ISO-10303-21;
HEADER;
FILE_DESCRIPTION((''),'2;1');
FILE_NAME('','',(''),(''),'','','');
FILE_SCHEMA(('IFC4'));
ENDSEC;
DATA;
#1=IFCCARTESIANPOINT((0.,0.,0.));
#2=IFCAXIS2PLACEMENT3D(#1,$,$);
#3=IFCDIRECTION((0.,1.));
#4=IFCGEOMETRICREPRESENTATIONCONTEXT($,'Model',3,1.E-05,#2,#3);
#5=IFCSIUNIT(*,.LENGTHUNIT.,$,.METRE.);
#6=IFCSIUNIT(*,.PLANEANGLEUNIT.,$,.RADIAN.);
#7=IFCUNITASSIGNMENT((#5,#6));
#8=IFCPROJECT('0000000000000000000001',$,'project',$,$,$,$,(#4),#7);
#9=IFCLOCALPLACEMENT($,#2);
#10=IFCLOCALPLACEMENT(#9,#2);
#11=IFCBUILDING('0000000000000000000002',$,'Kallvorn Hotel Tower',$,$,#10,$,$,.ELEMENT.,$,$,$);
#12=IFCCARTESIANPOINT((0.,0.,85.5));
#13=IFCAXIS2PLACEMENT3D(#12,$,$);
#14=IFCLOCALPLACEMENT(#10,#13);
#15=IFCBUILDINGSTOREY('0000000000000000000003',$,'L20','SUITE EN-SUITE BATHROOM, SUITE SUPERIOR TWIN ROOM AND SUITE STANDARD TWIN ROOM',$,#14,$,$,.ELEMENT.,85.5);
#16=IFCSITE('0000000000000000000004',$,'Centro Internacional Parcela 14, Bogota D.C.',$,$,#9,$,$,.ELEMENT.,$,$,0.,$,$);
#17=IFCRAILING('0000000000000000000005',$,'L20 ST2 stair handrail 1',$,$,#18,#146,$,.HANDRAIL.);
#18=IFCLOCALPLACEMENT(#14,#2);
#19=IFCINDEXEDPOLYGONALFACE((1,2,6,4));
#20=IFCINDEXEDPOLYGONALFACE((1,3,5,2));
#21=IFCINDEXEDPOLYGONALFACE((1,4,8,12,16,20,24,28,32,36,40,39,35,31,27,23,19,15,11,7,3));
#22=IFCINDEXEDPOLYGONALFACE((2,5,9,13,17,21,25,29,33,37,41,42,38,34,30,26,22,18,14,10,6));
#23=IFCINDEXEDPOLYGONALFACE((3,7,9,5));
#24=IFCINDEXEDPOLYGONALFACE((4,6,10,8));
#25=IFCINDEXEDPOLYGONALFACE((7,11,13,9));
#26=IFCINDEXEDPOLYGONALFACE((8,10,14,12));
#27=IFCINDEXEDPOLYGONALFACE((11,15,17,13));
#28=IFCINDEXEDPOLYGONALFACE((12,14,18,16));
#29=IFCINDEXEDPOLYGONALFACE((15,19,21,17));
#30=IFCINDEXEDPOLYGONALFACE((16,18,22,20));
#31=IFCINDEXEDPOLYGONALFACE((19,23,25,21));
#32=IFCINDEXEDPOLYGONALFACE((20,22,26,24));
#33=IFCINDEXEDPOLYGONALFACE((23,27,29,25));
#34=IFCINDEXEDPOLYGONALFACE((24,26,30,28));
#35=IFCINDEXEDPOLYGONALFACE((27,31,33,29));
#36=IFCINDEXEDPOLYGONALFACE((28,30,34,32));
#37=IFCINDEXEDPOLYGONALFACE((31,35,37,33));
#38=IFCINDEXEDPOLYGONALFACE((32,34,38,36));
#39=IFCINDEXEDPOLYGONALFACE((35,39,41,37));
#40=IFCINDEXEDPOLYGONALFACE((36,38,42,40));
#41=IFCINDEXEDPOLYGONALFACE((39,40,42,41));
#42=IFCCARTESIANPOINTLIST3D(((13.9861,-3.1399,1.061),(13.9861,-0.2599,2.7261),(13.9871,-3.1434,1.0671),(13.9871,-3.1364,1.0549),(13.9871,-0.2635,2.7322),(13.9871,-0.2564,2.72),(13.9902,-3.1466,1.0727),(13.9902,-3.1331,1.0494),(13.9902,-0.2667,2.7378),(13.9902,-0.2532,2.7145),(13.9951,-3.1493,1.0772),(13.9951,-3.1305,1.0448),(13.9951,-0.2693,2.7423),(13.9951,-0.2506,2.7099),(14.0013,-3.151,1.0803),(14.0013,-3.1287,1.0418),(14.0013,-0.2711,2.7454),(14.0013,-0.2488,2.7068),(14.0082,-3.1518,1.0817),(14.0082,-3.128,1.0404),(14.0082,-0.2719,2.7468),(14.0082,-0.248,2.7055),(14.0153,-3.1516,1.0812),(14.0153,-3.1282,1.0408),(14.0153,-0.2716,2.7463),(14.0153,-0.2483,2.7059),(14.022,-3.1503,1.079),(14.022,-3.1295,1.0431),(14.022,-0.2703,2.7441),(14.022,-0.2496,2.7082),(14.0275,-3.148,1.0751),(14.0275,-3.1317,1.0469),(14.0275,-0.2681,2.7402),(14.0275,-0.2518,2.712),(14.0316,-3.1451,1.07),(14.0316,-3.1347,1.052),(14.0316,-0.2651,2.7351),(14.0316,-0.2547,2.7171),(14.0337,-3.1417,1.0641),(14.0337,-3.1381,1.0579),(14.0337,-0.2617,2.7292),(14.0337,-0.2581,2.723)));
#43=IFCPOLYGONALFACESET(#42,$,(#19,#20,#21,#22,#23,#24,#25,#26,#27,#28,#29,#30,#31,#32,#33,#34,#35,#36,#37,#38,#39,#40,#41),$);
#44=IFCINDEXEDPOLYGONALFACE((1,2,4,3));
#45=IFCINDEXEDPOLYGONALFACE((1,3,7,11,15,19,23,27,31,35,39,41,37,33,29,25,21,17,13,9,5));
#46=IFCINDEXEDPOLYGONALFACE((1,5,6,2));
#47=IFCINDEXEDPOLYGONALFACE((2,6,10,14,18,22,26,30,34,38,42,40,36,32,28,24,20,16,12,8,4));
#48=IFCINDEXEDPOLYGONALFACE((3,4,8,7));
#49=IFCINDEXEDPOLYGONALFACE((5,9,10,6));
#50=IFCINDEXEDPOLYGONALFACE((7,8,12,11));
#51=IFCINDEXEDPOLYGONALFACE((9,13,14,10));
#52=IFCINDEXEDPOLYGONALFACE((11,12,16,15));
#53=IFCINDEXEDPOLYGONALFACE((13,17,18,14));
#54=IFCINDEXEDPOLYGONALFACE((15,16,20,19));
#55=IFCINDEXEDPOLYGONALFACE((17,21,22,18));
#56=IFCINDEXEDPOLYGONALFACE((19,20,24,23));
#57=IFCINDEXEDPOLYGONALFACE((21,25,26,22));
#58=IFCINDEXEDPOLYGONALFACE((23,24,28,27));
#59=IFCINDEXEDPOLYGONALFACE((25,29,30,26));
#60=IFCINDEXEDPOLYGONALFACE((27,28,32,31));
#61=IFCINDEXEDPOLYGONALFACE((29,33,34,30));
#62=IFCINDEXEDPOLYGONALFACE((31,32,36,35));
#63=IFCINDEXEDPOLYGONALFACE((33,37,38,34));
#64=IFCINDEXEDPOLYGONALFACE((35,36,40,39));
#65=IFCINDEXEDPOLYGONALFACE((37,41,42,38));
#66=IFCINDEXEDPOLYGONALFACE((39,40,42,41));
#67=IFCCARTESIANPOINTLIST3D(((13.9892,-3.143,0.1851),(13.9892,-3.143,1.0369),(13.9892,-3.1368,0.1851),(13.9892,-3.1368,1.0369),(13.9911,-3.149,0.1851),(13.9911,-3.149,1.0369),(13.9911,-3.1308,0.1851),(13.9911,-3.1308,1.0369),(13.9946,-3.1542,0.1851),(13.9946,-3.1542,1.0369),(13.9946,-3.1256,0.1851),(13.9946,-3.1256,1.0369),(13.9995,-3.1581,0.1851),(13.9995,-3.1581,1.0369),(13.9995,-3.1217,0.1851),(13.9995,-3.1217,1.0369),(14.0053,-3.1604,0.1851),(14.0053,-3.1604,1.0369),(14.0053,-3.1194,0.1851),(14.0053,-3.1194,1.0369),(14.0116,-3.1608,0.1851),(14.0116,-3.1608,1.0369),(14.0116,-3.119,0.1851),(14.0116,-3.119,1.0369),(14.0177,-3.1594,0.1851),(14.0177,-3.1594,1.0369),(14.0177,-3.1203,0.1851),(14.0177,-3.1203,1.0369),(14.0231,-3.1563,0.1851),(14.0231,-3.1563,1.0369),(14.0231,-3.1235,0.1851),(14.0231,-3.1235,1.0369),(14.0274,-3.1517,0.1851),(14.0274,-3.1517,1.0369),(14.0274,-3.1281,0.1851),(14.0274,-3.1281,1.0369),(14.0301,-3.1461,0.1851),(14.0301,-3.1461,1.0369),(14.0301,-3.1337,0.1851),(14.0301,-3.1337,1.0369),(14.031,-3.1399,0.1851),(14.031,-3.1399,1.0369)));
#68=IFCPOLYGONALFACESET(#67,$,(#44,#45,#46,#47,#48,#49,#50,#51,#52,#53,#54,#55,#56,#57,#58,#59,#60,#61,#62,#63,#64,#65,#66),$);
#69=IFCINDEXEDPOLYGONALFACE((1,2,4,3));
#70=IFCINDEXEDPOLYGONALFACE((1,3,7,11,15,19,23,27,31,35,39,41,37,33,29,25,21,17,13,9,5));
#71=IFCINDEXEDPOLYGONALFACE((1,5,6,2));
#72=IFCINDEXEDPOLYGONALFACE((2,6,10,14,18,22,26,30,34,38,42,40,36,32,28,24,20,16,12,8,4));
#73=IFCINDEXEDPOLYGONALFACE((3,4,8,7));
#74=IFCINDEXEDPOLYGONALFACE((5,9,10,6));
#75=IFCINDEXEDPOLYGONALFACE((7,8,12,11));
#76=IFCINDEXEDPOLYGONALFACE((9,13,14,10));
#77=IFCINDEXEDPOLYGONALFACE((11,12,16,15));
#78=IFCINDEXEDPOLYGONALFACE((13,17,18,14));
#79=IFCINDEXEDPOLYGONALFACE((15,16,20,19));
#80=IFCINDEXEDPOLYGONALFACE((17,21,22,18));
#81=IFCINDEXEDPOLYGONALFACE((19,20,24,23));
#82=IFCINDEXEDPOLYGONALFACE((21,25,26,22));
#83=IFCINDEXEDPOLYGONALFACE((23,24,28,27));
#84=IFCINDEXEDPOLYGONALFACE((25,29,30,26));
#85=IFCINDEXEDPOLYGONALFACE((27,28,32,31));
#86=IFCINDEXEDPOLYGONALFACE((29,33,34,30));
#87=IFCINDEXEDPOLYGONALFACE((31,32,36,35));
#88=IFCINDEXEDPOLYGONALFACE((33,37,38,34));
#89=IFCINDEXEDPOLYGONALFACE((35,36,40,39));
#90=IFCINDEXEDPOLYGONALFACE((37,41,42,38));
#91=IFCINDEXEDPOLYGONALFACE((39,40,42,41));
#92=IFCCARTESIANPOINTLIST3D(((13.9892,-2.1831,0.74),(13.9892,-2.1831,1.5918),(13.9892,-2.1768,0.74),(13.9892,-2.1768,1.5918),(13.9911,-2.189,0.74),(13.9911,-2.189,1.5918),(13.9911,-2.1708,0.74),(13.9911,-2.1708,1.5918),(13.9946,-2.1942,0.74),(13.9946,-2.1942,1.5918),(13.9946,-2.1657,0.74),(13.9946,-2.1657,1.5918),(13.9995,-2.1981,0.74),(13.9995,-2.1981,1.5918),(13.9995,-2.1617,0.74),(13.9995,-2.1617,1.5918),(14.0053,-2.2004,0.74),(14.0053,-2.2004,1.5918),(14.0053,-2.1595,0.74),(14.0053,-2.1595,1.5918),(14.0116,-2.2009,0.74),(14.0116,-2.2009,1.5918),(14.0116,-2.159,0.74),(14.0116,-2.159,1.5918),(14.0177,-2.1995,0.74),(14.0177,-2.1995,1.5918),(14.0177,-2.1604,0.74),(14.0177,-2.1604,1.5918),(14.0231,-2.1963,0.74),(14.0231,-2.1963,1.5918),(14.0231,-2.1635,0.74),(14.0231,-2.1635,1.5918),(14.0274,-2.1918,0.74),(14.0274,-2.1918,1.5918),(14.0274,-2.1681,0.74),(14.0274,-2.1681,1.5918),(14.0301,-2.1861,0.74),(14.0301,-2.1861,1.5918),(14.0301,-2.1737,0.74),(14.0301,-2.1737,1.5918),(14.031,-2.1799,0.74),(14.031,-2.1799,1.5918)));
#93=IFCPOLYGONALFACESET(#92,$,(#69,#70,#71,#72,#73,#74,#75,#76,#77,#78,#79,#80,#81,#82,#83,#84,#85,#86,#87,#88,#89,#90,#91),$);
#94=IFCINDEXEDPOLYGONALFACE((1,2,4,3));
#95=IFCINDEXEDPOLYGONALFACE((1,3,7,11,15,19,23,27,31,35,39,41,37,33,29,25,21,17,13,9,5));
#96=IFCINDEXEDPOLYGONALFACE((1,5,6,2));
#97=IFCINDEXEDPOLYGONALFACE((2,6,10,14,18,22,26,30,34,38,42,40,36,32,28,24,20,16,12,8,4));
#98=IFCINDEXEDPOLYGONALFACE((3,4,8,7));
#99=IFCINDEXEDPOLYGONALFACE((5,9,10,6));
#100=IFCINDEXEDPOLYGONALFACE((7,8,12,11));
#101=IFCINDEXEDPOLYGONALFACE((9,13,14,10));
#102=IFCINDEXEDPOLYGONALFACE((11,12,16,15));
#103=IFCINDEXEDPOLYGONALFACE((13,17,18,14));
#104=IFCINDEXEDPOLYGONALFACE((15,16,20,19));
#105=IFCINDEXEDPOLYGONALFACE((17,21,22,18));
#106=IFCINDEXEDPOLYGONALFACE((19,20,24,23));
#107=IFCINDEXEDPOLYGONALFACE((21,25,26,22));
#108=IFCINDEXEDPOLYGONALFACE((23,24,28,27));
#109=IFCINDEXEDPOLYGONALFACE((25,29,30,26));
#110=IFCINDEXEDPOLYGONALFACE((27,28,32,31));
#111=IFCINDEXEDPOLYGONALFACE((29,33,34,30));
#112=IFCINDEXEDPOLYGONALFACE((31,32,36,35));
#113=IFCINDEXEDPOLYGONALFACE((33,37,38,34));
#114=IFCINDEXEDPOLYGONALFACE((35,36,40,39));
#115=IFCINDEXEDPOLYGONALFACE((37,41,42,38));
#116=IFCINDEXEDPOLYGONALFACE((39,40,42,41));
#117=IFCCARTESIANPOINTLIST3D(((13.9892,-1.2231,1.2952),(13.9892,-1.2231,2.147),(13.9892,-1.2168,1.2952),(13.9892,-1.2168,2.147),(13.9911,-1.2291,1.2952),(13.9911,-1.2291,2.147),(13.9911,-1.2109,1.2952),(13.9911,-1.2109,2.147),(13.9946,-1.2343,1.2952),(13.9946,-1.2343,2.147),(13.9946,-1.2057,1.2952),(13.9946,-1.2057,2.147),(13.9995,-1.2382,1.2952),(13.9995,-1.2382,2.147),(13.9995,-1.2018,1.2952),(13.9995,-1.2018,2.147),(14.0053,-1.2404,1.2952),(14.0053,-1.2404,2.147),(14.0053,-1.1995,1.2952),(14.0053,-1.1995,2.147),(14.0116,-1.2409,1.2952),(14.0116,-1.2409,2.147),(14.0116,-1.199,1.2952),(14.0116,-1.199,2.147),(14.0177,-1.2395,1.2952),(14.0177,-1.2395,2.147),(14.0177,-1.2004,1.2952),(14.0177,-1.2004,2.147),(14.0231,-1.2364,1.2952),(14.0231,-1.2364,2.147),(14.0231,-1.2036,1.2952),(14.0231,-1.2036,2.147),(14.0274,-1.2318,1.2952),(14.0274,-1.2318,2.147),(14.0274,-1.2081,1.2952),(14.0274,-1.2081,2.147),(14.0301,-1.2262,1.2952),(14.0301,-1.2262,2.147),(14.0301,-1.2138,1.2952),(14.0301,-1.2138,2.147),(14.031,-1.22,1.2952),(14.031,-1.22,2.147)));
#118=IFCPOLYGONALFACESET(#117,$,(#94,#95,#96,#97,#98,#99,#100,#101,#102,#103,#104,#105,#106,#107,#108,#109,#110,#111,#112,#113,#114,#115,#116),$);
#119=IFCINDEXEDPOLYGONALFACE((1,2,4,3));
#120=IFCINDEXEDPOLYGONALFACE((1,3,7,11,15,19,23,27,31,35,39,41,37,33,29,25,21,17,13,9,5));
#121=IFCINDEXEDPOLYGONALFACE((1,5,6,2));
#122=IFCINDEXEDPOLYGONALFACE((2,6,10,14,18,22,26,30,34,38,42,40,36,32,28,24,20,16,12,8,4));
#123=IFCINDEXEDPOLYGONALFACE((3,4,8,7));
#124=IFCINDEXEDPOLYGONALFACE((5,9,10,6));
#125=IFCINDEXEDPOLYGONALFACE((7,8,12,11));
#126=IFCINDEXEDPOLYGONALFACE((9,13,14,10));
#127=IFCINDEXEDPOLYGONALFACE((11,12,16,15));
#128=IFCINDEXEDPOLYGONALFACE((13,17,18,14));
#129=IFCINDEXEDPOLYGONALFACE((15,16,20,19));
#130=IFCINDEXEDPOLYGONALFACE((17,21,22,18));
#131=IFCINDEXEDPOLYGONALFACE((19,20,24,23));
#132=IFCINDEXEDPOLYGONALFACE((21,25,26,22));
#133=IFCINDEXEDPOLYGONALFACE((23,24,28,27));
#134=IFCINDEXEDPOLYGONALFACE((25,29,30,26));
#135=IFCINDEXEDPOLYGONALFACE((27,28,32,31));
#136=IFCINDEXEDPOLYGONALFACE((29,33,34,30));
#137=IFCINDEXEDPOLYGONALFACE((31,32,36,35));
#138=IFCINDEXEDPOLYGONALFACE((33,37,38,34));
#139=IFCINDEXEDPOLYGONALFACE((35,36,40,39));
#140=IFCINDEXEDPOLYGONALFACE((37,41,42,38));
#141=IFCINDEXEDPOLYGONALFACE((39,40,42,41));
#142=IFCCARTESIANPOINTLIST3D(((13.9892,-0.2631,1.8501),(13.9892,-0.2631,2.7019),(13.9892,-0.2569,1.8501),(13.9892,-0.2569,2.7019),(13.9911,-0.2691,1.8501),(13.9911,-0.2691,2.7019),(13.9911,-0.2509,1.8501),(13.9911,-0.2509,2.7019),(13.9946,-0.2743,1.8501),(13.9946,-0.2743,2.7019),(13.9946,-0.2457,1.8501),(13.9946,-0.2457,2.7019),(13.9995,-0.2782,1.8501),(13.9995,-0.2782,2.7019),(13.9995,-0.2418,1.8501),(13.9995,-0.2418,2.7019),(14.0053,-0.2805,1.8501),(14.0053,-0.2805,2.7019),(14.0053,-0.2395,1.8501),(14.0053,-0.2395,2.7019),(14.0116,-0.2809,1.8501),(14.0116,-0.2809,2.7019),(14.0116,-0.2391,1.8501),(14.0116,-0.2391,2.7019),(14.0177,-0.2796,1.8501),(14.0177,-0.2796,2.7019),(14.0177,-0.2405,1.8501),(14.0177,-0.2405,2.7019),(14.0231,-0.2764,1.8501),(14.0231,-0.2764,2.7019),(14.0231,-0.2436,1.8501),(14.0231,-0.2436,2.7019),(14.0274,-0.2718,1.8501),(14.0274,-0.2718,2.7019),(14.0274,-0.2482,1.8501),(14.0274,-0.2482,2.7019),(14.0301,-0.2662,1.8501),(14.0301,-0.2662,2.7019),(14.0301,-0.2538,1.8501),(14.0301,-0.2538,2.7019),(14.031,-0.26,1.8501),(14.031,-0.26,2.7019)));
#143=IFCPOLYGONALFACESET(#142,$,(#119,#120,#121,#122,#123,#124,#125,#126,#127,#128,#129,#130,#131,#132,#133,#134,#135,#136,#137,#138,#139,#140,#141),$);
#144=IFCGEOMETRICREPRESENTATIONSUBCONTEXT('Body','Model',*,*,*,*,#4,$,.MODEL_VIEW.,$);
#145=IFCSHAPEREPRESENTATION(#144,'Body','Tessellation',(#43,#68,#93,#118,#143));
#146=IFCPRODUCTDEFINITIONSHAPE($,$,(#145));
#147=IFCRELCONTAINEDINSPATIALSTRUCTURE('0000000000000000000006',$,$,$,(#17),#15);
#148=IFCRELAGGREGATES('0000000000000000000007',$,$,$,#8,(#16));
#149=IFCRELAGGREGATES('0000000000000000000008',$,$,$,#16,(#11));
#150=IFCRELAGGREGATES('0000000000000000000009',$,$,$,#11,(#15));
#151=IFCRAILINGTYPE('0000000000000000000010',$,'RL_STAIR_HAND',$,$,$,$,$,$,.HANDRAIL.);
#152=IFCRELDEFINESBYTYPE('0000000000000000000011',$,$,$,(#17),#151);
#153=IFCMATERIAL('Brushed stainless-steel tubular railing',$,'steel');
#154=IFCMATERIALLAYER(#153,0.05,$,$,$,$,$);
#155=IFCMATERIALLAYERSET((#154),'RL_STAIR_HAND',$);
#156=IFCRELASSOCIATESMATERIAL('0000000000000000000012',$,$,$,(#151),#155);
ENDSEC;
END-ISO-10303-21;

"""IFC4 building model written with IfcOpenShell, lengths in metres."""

from ifc_helpers import new_model, si_unit, direction, frame, origin, origin_2d, place, context, subcontext, project, spatial, circle, extrude, material, layer, layer_set, type_object, element, save


model = new_model("IFC4")

# Units and contexts
model_context = context("Model", 3, precision=1e-05, world=origin(), true_north=direction((0.0, 1.0)))
body_context = subcontext(model_context, "Body", "Model", "MODEL_VIEW")
ifc_project = project(units=[si_unit("LENGTHUNIT", "METRE"), si_unit("PLANEANGLEUNIT", "RADIAN")], contexts=[model_context])

# Site, building, storey
site_placement = place(None, origin())
site = spatial("IfcSite", under=ifc_project, at=site_placement, Name="Centro Internacional Parcela 14, Bogota D.C.", CompositionType="ELEMENT", RefElevation=0.0)
building_placement = place(site_placement, origin())
building = spatial("IfcBuilding", under=site, at=building_placement, Name="Kallvorn Hotel Tower", CompositionType="ELEMENT")
storey_placement = place(building_placement, frame((0.0, 0.0, 85.5)))
storey = spatial("IfcBuildingStorey", under=building, at=storey_placement, Name="L20", Description="SUITE EN-SUITE BATHROOM, SUITE SUPERIOR TWIN ROOM AND SUITE STANDARD TWIN ROOM", CompositionType="ELEMENT", Elevation=85.5)

# Railing
ifc_material_1 = material(Name="Brushed stainless-steel tubular railing", Category="steel")
ifc_layer_1 = layer(ifc_material_1, 0.05)
ifc_layer_set_1 = layer_set([ifc_layer_1], Name="RL_STAIR_HAND")
railing_type_1 = type_object("IfcRailingType", Name="RL_STAIR_HAND", PredefinedType="HANDRAIL", material=ifc_layer_set_1)
railing_1_placement = place(storey_placement, frame((14.01, -3.1399, 0.1851)))
element("IfcRailing", 1, at=railing_1_placement, inside=storey, type_object=railing_type_1, Name="L20 ST2 stair handrail 1", PredefinedType="HANDRAIL", context=body_context, shape_type="SweptSolid", body=[
    extrude(circle(Radius=0.0239, at=origin_2d()), frame((0.0, 0.0, 0.876), z_axis=(0.0, 0.865721, 0.500527), x_axis=(-1.0, 0.0, 0.0)), (0.0, 0.0, 1.0), 3.3267),
    extrude(circle(Radius=0.021, at=origin_2d()), origin(), (0.0, 0.0, 1.0), 0.8518),
    extrude(circle(Radius=0.021, at=origin_2d()), frame((0.0, 0.96, 0.5549)), (0.0, 0.0, 1.0), 0.8518),
    extrude(circle(Radius=0.021, at=origin_2d()), frame((0.0, 1.9199, 1.1101)), (0.0, 0.0, 1.0), 0.8518),
    extrude(circle(Radius=0.021, at=origin_2d()), frame((0.0, 2.8799, 1.665)), (0.0, 0.0, 1.0), 0.8518),
])

save(model, "model.ifc")
